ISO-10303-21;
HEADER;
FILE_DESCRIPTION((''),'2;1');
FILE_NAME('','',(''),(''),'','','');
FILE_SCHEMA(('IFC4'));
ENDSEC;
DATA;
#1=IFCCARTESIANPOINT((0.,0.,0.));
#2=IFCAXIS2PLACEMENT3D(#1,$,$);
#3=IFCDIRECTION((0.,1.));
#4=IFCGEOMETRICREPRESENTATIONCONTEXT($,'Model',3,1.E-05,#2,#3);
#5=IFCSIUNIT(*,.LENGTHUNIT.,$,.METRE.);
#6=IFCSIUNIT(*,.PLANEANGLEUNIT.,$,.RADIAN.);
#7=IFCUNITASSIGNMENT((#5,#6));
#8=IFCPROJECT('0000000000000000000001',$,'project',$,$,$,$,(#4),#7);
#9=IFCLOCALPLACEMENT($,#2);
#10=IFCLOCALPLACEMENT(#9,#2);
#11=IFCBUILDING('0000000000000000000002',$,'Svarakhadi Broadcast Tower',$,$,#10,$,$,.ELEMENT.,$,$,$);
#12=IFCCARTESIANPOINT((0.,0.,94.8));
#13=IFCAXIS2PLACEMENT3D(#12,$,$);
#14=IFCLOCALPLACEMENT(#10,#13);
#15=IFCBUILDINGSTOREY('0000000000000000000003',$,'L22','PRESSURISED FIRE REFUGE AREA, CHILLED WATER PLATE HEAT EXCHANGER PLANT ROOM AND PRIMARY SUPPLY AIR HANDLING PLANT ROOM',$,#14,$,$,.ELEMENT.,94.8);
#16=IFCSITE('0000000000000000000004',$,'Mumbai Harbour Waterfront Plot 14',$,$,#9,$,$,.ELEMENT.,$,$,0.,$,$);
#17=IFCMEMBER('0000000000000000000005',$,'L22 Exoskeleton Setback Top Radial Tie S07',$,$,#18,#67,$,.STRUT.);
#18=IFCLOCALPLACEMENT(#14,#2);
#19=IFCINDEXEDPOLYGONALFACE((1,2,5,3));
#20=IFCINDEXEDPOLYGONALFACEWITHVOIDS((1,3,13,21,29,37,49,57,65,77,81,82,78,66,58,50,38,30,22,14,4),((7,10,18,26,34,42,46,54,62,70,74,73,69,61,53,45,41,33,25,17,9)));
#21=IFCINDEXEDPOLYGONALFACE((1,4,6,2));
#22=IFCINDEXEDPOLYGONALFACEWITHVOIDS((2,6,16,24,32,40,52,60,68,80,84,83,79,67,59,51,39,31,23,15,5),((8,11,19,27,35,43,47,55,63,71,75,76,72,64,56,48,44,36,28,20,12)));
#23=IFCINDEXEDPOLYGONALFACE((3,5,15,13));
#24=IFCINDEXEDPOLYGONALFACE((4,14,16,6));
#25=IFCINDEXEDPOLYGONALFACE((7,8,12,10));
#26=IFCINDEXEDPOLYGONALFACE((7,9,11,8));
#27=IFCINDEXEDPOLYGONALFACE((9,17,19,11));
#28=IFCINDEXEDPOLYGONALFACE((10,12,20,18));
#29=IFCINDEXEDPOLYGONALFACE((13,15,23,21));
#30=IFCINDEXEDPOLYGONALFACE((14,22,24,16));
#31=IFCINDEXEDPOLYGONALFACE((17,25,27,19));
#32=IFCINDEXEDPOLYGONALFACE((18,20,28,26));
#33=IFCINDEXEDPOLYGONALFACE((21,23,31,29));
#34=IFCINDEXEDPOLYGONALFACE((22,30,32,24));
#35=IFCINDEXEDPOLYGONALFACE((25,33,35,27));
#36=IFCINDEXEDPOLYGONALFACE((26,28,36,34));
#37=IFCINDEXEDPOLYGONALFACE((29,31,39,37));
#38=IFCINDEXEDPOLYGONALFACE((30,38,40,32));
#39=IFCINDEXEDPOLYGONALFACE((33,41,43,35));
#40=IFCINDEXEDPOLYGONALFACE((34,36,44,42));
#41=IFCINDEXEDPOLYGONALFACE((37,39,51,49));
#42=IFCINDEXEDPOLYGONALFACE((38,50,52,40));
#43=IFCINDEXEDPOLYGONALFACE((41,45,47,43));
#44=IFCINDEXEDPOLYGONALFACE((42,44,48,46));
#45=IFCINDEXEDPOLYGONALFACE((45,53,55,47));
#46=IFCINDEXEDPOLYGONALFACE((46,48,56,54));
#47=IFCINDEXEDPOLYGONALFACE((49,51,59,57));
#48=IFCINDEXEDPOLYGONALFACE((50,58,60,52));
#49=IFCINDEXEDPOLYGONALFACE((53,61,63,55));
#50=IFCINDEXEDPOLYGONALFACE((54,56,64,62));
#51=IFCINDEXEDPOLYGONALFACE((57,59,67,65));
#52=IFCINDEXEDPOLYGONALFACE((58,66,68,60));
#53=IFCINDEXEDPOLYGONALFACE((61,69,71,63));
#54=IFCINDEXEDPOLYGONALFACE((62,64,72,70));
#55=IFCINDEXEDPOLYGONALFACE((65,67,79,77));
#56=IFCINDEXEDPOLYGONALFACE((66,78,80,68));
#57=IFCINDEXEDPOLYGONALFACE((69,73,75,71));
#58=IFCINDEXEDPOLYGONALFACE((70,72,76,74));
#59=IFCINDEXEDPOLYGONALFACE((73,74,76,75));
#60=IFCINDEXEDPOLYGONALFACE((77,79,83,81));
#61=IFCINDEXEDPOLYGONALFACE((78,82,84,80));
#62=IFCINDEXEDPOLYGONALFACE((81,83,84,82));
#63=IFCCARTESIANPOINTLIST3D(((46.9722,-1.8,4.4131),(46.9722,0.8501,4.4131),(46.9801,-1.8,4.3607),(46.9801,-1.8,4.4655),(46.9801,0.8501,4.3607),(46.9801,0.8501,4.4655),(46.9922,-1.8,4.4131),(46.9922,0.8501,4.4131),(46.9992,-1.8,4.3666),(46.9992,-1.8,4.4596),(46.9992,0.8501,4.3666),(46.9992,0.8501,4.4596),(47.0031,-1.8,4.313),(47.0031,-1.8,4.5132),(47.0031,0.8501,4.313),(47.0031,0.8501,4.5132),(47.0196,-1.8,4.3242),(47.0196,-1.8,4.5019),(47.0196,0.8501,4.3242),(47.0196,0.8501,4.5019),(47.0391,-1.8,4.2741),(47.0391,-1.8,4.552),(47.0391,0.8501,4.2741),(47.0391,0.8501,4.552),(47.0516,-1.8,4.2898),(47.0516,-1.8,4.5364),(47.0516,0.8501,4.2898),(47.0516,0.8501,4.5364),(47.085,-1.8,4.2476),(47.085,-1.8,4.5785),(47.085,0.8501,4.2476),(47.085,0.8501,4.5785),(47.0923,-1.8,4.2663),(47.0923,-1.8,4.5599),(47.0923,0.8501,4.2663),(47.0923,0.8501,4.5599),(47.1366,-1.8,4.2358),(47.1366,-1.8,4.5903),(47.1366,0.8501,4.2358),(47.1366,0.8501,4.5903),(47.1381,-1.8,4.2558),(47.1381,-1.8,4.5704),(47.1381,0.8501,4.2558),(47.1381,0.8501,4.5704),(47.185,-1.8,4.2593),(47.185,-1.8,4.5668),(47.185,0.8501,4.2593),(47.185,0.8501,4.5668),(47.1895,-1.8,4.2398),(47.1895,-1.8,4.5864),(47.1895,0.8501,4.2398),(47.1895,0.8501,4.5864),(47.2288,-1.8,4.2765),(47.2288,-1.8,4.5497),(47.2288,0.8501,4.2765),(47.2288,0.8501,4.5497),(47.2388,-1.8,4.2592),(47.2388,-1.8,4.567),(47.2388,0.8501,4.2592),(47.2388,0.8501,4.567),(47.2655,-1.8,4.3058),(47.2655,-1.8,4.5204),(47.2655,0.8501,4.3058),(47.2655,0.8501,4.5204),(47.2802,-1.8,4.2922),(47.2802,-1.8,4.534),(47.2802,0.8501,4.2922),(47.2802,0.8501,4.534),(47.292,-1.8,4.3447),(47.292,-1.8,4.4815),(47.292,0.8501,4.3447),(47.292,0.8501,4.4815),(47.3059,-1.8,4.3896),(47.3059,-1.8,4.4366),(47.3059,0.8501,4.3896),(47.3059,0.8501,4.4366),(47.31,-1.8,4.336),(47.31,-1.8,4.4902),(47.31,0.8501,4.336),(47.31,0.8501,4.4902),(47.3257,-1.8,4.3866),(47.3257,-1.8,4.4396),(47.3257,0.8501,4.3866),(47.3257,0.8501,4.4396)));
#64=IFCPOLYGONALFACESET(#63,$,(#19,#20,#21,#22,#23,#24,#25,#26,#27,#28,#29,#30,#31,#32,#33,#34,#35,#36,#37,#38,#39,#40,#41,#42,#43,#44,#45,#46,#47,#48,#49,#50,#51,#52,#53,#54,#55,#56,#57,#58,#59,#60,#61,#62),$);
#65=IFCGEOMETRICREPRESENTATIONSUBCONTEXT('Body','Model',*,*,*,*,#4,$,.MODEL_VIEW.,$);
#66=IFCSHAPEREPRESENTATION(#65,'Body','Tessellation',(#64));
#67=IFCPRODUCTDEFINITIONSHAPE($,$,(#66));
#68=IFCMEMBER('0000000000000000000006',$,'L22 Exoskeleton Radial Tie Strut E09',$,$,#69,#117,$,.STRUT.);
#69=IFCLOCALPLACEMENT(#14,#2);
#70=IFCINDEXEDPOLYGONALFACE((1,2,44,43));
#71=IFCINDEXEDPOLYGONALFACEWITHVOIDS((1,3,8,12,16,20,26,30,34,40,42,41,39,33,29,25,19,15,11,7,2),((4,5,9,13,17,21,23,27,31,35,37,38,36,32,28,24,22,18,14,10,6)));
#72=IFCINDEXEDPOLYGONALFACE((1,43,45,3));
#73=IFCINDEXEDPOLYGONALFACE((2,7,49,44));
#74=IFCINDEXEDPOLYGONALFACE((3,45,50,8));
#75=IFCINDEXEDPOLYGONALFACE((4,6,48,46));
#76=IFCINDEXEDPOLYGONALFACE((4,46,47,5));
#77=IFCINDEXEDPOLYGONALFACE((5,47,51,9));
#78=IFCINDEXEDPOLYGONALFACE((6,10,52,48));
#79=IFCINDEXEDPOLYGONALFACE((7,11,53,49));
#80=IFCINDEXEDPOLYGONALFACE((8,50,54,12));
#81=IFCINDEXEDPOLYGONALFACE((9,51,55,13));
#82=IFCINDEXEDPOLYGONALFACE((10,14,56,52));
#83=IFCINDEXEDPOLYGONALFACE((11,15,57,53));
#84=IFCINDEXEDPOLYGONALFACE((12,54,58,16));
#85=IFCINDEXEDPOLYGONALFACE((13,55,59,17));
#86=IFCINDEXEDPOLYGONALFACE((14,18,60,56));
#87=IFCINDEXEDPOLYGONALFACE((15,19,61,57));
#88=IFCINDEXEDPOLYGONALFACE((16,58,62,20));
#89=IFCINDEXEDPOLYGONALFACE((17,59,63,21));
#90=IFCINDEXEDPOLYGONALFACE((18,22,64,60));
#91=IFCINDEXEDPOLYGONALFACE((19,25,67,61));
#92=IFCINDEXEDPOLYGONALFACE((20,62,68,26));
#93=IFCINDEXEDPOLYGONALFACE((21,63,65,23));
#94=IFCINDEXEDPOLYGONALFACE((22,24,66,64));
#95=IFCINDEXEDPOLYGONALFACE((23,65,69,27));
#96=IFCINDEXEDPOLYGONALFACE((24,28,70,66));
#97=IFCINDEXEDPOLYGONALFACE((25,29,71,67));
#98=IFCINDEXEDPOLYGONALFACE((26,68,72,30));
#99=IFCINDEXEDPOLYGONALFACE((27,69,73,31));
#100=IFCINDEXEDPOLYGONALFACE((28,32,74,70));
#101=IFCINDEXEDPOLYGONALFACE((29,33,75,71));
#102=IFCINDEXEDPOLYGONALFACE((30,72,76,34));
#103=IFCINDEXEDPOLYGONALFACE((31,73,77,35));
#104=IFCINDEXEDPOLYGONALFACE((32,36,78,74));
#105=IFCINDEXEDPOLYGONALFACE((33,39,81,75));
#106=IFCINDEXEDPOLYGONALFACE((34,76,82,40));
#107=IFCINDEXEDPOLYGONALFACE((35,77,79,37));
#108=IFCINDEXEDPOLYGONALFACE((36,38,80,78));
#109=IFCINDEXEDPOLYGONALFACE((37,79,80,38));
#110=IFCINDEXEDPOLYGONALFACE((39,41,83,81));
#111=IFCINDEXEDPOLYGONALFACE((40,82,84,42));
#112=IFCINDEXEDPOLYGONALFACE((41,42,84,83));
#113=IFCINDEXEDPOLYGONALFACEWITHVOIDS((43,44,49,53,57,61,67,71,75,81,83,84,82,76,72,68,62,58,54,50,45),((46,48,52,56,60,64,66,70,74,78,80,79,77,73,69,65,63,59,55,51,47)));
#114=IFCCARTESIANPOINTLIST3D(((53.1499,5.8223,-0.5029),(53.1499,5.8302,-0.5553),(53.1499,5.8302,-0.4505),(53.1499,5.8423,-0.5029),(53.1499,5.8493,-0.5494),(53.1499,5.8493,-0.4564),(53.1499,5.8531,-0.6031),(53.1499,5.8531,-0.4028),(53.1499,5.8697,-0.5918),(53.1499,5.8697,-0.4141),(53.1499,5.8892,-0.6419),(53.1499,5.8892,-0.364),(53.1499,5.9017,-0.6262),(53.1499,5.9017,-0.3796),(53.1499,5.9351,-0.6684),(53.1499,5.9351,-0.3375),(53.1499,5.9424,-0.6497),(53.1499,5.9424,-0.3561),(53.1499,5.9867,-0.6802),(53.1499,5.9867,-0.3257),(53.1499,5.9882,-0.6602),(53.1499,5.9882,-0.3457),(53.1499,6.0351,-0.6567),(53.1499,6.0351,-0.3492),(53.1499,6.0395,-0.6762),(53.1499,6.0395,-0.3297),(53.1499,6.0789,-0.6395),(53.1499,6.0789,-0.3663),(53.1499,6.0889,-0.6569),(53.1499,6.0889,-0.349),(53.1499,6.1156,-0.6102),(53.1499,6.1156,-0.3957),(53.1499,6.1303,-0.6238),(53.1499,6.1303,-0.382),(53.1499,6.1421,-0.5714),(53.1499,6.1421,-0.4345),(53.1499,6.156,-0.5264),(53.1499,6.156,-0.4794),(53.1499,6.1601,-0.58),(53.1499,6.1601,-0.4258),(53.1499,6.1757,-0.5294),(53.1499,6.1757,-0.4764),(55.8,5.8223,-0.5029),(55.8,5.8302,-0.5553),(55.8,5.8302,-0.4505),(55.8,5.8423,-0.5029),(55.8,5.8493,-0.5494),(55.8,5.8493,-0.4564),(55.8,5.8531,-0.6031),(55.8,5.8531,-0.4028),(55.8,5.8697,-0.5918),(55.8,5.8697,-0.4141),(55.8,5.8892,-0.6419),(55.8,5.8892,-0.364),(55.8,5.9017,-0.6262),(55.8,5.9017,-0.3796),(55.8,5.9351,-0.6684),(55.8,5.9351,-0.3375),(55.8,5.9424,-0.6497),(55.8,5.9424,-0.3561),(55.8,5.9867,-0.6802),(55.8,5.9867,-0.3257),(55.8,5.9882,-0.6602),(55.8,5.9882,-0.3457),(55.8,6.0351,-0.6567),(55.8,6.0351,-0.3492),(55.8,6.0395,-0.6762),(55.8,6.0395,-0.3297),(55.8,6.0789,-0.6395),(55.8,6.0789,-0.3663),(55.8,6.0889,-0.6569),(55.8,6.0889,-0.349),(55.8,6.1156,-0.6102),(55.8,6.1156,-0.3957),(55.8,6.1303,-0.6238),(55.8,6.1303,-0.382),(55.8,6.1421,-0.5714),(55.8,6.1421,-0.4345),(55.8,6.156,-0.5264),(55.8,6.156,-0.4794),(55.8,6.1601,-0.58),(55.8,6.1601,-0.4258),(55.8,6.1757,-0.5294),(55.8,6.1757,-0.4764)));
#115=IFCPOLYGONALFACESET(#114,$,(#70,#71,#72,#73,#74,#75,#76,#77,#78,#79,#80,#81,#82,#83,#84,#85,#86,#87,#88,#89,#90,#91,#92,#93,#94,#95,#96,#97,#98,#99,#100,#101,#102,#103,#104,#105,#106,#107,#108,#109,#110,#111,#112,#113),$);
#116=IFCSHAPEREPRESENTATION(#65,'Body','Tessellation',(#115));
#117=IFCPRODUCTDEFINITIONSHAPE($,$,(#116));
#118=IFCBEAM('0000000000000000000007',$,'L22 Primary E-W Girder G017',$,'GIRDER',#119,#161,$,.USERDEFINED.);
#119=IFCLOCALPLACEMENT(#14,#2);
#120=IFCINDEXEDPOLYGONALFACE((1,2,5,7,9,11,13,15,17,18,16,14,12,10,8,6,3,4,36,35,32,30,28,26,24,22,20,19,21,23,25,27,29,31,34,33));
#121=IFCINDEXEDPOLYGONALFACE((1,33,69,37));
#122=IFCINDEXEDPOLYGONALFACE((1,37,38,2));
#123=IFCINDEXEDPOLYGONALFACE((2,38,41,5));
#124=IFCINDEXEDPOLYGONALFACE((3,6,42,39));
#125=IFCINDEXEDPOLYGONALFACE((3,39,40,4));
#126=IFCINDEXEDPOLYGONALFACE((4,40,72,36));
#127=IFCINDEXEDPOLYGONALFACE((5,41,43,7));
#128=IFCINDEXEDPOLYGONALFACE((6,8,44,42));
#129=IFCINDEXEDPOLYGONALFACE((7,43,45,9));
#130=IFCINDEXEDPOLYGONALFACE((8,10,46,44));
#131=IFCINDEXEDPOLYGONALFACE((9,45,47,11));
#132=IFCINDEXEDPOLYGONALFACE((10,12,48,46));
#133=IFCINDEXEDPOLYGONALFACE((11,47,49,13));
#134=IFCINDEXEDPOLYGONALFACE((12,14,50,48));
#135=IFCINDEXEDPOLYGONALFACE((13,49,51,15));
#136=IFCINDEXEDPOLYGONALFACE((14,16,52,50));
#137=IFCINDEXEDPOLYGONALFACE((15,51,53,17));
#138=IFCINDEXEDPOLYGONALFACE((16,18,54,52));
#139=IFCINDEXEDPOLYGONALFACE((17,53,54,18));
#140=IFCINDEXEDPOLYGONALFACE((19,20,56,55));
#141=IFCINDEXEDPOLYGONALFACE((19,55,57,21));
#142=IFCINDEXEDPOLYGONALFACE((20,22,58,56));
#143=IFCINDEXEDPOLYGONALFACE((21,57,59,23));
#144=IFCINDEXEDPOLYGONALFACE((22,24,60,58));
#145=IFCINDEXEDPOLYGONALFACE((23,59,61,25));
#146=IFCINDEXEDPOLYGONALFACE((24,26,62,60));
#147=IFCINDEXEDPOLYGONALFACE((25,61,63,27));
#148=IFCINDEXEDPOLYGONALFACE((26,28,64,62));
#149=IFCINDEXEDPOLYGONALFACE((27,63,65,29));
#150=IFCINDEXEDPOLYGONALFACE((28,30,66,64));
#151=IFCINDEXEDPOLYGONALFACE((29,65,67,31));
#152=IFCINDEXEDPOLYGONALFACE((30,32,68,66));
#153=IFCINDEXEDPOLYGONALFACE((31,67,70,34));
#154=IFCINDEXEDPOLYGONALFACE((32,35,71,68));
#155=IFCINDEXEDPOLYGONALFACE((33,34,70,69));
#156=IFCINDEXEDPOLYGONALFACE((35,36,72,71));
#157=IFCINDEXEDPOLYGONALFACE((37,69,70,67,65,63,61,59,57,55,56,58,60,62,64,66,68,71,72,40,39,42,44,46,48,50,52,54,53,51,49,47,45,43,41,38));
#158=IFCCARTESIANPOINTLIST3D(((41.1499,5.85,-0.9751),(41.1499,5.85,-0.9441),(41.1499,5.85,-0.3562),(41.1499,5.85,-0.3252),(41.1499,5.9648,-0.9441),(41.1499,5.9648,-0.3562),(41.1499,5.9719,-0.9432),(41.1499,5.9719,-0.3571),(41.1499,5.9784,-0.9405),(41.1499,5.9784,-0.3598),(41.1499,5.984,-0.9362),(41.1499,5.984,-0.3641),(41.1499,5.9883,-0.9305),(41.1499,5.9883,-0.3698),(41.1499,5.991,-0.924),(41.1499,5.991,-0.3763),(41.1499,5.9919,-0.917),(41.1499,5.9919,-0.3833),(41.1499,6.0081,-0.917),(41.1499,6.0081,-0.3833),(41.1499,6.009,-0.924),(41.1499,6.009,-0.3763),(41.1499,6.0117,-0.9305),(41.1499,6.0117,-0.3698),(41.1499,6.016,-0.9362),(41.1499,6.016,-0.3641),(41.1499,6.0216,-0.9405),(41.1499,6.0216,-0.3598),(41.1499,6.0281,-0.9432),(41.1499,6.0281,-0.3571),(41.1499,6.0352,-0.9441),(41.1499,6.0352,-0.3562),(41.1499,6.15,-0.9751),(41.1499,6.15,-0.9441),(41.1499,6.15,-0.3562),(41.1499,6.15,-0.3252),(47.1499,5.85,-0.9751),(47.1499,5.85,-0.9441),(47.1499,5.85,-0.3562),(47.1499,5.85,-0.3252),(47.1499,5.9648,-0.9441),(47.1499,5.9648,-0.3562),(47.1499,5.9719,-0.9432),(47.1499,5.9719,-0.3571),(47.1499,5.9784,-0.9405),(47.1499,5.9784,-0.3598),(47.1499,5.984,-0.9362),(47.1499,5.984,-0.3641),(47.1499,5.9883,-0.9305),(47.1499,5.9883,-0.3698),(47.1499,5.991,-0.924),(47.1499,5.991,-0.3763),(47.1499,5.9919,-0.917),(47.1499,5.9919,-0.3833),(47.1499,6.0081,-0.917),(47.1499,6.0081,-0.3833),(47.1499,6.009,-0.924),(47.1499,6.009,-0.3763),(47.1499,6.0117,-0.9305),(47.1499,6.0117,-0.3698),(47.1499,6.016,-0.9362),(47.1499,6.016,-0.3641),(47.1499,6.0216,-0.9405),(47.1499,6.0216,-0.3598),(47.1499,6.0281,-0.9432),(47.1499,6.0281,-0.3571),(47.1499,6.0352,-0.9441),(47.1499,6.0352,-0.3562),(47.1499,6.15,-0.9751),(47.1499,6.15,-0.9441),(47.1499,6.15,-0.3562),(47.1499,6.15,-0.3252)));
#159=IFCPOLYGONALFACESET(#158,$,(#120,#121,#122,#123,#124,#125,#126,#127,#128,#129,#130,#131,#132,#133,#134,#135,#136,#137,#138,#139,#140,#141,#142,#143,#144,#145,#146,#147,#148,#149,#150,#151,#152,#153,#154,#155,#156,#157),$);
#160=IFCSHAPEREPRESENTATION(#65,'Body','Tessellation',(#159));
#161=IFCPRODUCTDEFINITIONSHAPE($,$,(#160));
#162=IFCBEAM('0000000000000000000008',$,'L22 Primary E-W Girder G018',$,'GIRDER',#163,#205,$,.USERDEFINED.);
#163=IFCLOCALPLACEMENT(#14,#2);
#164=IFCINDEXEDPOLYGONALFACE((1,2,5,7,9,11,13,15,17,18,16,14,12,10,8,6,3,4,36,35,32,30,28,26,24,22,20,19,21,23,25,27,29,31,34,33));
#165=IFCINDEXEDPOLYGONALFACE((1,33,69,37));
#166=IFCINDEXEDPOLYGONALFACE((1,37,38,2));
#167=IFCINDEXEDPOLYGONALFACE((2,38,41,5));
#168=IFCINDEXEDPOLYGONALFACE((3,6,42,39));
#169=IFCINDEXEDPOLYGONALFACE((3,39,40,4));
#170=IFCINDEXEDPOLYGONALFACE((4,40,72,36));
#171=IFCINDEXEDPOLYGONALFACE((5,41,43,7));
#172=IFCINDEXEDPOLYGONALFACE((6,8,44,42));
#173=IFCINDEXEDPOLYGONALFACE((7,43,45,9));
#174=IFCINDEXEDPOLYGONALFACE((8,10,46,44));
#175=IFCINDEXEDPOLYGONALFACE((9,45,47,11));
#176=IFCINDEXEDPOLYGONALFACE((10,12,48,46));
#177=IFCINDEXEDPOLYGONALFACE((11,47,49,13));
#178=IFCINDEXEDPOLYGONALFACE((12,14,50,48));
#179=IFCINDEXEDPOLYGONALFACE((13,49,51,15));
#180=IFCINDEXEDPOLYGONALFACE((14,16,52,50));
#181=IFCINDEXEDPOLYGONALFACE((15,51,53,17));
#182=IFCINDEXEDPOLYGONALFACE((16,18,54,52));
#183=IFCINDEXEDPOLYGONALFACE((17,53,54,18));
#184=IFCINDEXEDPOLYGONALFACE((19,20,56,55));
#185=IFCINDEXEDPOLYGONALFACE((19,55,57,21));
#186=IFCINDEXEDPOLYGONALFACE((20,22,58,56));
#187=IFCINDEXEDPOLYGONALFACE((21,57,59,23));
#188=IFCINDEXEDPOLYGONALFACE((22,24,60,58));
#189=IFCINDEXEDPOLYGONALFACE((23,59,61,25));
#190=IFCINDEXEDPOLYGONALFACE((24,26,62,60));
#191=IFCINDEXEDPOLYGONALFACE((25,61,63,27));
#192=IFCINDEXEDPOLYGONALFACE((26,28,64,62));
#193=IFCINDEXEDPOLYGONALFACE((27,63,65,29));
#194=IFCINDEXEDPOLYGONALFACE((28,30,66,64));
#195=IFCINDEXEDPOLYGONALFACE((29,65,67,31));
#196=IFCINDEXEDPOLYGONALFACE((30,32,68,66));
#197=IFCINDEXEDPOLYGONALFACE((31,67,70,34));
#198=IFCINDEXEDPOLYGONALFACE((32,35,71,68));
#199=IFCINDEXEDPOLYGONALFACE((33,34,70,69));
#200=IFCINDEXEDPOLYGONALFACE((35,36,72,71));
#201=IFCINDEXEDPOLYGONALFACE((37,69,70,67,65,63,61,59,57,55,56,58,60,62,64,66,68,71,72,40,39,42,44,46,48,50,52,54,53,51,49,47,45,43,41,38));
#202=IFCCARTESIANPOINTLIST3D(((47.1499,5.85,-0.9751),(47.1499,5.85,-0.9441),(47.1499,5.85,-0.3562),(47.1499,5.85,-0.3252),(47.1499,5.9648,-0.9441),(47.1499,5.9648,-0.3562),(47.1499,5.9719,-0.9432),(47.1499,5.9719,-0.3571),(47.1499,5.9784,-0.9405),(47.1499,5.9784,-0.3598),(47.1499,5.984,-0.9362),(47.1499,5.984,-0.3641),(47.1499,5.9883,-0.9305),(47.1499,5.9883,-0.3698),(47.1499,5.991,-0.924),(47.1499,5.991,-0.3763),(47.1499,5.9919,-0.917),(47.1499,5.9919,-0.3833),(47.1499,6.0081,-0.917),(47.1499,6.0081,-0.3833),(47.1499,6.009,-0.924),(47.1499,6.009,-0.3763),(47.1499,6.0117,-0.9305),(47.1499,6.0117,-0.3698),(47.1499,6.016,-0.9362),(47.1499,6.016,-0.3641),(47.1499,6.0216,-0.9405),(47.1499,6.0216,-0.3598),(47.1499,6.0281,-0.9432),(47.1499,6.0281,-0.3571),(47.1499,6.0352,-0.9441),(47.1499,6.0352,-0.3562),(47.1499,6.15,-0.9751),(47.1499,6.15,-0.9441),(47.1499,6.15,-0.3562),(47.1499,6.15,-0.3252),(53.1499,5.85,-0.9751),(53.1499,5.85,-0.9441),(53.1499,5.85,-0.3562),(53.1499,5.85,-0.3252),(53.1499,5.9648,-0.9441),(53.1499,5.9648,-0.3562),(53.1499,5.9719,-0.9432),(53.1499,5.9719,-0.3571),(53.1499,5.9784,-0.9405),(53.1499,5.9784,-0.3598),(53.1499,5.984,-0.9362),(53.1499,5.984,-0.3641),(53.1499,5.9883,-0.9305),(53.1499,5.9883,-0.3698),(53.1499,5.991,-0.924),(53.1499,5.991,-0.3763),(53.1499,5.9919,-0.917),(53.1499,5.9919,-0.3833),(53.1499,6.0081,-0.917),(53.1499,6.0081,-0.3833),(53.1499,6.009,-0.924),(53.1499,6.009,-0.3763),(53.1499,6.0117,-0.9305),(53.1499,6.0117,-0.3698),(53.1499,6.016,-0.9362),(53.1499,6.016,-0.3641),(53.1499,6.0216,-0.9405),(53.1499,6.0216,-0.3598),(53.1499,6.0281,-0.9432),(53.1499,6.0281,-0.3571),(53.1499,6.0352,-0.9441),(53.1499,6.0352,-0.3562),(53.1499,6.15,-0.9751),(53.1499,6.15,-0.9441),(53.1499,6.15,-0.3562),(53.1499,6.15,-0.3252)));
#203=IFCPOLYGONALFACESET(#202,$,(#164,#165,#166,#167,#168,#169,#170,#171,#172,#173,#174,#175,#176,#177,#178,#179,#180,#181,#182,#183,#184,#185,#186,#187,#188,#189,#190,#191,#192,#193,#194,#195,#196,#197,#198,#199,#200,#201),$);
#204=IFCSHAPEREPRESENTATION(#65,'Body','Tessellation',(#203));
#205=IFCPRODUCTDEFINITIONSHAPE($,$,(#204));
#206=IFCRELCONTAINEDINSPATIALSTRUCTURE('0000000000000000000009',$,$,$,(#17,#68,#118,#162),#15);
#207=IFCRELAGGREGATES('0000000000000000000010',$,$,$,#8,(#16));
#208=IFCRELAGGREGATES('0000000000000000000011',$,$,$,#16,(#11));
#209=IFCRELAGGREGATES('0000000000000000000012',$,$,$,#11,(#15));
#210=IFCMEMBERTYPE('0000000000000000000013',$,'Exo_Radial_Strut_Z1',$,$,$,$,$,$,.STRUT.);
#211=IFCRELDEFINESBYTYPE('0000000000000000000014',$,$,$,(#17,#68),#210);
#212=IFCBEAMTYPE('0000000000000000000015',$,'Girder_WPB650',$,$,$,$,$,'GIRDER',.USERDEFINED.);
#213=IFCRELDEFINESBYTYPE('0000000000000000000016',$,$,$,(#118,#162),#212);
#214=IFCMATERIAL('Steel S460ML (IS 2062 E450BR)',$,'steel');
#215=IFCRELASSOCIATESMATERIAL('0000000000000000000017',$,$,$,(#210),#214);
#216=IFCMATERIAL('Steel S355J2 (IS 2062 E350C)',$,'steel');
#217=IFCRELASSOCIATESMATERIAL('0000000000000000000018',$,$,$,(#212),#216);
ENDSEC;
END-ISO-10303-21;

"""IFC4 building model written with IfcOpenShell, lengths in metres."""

from ifc_helpers import new_model, si_unit, direction, frame, origin, origin_2d, place, context, subcontext, project, spatial, hollow_circle, i_section, extrude, material, material_profile, profile_set, type_object, element, save


model = new_model("IFC4")

# Units and contexts
model_context = context("Model", 3, precision=1e-05, world=origin(), true_north=direction((0.0, 1.0)))
body_context = subcontext(model_context, "Body", "Model", "MODEL_VIEW")
ifc_project = project(units=[si_unit("LENGTHUNIT", "METRE"), si_unit("PLANEANGLEUNIT", "RADIAN")], contexts=[model_context])

# Site, building, storey
site_placement = place(None, origin())
site = spatial("IfcSite", under=ifc_project, at=site_placement, Name="Mumbai Harbour Waterfront Plot 14", CompositionType="ELEMENT", RefElevation=0.0)
building_placement = place(site_placement, origin())
building = spatial("IfcBuilding", under=site, at=building_placement, Name="Svarakhadi Broadcast Tower", CompositionType="ELEMENT")
storey_placement = place(building_placement, frame((0.0, 0.0, 94.8)))
storey = spatial("IfcBuildingStorey", under=building, at=storey_placement, Name="L22", Description="PRESSURISED FIRE REFUGE AREA, CHILLED WATER PLATE HEAT EXCHANGER PLANT ROOM AND PRIMARY SUPPLY AIR HANDLING PLANT ROOM", CompositionType="ELEMENT", Elevation=94.8)

# Shared definitions
ifc_material_1 = material(Name="Steel S460ML (IS 2062 E450BR)", Category="steel")

# Shared definitions
ifc_material_2 = material(Name="Steel S355J2 (IS 2062 E350C)", Category="steel")

# Members
ifc_material_profile_1 = material_profile(ifc_material_1, hollow_circle(Radius=0.1777, WallThickness=0.02, at=origin_2d()), Name="CHS 355.6x20")
ifc_profile_set_1 = profile_set([ifc_material_profile_1], Name="Steel S460ML (IS 2062 E450BR)")
member_type_1 = type_object("IfcMemberType", Name="Exo_Radial_Strut_Z1", PredefinedType="STRUT", material=ifc_profile_set_1)
for number, where, z_axis, x_axis, name in (
    (1, (47.1499, -1.8, 4.4131), (0.0, 1.0, 0.0), (-1.0, 0.0, 0.0), "L22 Exoskeleton Setback Top Radial Tie S07"),
    (2, (55.8, 6.0, -0.5029), (-1.0, 0.0, 0.0), (0.0, -1.0, 0.0), "L22 Exoskeleton Radial Tie Strut E09"),
):
    element("IfcMember", number, at=place(storey_placement, frame(where, z_axis=z_axis, x_axis=x_axis)), inside=storey, type_object=member_type_1, Name=name, PredefinedType="STRUT", context=body_context, shape_type="SweptSolid", body=[
        extrude(hollow_circle(Radius=0.1777, WallThickness=0.02, at=origin_2d()), origin(), (0.0, 0.0, 1.0), 2.6501),
    ])

# Beams
ifc_material_profile_2 = material_profile(ifc_material_2, i_section(OverallWidth=0.3, OverallDepth=0.6499, WebThickness=0.0161, FlangeThickness=0.031, FilletRadius=0.0271, at=origin_2d()), Name="WPB 650x300x225")
ifc_profile_set_2 = profile_set([ifc_material_profile_2], Name="Steel S355J2 (IS 2062 E350C)")
beam_type_1 = type_object("IfcBeamType", Name="Girder_WPB650", ElementType="GIRDER", PredefinedType="USERDEFINED", material=ifc_profile_set_2)
for number, where, z_axis, x_axis, name in (
    (3, (41.1499, 6.0, -0.6501), (1.0, 0.0, 0.0), (0.0, 1.0, 0.0), "L22 Primary E-W Girder G017"),
    (4, (47.1499, 6.0, -0.6501), (1.0, 0.0, 0.0), (0.0, 1.0, 0.0), "L22 Primary E-W Girder G018"),
):
    element("IfcBeam", number, at=place(storey_placement, frame(where, z_axis=z_axis, x_axis=x_axis)), inside=storey, type_object=beam_type_1, Name=name, ObjectType="GIRDER", PredefinedType="USERDEFINED", context=body_context, shape_type="SweptSolid", body=[
        extrude(i_section(OverallWidth=0.3, OverallDepth=0.6499, WebThickness=0.0161, FlangeThickness=0.031, FilletRadius=0.0271, at=origin_2d()), origin(), (0.0, 0.0, 1.0), 6.0),
    ])

save(model, "model.ifc")
